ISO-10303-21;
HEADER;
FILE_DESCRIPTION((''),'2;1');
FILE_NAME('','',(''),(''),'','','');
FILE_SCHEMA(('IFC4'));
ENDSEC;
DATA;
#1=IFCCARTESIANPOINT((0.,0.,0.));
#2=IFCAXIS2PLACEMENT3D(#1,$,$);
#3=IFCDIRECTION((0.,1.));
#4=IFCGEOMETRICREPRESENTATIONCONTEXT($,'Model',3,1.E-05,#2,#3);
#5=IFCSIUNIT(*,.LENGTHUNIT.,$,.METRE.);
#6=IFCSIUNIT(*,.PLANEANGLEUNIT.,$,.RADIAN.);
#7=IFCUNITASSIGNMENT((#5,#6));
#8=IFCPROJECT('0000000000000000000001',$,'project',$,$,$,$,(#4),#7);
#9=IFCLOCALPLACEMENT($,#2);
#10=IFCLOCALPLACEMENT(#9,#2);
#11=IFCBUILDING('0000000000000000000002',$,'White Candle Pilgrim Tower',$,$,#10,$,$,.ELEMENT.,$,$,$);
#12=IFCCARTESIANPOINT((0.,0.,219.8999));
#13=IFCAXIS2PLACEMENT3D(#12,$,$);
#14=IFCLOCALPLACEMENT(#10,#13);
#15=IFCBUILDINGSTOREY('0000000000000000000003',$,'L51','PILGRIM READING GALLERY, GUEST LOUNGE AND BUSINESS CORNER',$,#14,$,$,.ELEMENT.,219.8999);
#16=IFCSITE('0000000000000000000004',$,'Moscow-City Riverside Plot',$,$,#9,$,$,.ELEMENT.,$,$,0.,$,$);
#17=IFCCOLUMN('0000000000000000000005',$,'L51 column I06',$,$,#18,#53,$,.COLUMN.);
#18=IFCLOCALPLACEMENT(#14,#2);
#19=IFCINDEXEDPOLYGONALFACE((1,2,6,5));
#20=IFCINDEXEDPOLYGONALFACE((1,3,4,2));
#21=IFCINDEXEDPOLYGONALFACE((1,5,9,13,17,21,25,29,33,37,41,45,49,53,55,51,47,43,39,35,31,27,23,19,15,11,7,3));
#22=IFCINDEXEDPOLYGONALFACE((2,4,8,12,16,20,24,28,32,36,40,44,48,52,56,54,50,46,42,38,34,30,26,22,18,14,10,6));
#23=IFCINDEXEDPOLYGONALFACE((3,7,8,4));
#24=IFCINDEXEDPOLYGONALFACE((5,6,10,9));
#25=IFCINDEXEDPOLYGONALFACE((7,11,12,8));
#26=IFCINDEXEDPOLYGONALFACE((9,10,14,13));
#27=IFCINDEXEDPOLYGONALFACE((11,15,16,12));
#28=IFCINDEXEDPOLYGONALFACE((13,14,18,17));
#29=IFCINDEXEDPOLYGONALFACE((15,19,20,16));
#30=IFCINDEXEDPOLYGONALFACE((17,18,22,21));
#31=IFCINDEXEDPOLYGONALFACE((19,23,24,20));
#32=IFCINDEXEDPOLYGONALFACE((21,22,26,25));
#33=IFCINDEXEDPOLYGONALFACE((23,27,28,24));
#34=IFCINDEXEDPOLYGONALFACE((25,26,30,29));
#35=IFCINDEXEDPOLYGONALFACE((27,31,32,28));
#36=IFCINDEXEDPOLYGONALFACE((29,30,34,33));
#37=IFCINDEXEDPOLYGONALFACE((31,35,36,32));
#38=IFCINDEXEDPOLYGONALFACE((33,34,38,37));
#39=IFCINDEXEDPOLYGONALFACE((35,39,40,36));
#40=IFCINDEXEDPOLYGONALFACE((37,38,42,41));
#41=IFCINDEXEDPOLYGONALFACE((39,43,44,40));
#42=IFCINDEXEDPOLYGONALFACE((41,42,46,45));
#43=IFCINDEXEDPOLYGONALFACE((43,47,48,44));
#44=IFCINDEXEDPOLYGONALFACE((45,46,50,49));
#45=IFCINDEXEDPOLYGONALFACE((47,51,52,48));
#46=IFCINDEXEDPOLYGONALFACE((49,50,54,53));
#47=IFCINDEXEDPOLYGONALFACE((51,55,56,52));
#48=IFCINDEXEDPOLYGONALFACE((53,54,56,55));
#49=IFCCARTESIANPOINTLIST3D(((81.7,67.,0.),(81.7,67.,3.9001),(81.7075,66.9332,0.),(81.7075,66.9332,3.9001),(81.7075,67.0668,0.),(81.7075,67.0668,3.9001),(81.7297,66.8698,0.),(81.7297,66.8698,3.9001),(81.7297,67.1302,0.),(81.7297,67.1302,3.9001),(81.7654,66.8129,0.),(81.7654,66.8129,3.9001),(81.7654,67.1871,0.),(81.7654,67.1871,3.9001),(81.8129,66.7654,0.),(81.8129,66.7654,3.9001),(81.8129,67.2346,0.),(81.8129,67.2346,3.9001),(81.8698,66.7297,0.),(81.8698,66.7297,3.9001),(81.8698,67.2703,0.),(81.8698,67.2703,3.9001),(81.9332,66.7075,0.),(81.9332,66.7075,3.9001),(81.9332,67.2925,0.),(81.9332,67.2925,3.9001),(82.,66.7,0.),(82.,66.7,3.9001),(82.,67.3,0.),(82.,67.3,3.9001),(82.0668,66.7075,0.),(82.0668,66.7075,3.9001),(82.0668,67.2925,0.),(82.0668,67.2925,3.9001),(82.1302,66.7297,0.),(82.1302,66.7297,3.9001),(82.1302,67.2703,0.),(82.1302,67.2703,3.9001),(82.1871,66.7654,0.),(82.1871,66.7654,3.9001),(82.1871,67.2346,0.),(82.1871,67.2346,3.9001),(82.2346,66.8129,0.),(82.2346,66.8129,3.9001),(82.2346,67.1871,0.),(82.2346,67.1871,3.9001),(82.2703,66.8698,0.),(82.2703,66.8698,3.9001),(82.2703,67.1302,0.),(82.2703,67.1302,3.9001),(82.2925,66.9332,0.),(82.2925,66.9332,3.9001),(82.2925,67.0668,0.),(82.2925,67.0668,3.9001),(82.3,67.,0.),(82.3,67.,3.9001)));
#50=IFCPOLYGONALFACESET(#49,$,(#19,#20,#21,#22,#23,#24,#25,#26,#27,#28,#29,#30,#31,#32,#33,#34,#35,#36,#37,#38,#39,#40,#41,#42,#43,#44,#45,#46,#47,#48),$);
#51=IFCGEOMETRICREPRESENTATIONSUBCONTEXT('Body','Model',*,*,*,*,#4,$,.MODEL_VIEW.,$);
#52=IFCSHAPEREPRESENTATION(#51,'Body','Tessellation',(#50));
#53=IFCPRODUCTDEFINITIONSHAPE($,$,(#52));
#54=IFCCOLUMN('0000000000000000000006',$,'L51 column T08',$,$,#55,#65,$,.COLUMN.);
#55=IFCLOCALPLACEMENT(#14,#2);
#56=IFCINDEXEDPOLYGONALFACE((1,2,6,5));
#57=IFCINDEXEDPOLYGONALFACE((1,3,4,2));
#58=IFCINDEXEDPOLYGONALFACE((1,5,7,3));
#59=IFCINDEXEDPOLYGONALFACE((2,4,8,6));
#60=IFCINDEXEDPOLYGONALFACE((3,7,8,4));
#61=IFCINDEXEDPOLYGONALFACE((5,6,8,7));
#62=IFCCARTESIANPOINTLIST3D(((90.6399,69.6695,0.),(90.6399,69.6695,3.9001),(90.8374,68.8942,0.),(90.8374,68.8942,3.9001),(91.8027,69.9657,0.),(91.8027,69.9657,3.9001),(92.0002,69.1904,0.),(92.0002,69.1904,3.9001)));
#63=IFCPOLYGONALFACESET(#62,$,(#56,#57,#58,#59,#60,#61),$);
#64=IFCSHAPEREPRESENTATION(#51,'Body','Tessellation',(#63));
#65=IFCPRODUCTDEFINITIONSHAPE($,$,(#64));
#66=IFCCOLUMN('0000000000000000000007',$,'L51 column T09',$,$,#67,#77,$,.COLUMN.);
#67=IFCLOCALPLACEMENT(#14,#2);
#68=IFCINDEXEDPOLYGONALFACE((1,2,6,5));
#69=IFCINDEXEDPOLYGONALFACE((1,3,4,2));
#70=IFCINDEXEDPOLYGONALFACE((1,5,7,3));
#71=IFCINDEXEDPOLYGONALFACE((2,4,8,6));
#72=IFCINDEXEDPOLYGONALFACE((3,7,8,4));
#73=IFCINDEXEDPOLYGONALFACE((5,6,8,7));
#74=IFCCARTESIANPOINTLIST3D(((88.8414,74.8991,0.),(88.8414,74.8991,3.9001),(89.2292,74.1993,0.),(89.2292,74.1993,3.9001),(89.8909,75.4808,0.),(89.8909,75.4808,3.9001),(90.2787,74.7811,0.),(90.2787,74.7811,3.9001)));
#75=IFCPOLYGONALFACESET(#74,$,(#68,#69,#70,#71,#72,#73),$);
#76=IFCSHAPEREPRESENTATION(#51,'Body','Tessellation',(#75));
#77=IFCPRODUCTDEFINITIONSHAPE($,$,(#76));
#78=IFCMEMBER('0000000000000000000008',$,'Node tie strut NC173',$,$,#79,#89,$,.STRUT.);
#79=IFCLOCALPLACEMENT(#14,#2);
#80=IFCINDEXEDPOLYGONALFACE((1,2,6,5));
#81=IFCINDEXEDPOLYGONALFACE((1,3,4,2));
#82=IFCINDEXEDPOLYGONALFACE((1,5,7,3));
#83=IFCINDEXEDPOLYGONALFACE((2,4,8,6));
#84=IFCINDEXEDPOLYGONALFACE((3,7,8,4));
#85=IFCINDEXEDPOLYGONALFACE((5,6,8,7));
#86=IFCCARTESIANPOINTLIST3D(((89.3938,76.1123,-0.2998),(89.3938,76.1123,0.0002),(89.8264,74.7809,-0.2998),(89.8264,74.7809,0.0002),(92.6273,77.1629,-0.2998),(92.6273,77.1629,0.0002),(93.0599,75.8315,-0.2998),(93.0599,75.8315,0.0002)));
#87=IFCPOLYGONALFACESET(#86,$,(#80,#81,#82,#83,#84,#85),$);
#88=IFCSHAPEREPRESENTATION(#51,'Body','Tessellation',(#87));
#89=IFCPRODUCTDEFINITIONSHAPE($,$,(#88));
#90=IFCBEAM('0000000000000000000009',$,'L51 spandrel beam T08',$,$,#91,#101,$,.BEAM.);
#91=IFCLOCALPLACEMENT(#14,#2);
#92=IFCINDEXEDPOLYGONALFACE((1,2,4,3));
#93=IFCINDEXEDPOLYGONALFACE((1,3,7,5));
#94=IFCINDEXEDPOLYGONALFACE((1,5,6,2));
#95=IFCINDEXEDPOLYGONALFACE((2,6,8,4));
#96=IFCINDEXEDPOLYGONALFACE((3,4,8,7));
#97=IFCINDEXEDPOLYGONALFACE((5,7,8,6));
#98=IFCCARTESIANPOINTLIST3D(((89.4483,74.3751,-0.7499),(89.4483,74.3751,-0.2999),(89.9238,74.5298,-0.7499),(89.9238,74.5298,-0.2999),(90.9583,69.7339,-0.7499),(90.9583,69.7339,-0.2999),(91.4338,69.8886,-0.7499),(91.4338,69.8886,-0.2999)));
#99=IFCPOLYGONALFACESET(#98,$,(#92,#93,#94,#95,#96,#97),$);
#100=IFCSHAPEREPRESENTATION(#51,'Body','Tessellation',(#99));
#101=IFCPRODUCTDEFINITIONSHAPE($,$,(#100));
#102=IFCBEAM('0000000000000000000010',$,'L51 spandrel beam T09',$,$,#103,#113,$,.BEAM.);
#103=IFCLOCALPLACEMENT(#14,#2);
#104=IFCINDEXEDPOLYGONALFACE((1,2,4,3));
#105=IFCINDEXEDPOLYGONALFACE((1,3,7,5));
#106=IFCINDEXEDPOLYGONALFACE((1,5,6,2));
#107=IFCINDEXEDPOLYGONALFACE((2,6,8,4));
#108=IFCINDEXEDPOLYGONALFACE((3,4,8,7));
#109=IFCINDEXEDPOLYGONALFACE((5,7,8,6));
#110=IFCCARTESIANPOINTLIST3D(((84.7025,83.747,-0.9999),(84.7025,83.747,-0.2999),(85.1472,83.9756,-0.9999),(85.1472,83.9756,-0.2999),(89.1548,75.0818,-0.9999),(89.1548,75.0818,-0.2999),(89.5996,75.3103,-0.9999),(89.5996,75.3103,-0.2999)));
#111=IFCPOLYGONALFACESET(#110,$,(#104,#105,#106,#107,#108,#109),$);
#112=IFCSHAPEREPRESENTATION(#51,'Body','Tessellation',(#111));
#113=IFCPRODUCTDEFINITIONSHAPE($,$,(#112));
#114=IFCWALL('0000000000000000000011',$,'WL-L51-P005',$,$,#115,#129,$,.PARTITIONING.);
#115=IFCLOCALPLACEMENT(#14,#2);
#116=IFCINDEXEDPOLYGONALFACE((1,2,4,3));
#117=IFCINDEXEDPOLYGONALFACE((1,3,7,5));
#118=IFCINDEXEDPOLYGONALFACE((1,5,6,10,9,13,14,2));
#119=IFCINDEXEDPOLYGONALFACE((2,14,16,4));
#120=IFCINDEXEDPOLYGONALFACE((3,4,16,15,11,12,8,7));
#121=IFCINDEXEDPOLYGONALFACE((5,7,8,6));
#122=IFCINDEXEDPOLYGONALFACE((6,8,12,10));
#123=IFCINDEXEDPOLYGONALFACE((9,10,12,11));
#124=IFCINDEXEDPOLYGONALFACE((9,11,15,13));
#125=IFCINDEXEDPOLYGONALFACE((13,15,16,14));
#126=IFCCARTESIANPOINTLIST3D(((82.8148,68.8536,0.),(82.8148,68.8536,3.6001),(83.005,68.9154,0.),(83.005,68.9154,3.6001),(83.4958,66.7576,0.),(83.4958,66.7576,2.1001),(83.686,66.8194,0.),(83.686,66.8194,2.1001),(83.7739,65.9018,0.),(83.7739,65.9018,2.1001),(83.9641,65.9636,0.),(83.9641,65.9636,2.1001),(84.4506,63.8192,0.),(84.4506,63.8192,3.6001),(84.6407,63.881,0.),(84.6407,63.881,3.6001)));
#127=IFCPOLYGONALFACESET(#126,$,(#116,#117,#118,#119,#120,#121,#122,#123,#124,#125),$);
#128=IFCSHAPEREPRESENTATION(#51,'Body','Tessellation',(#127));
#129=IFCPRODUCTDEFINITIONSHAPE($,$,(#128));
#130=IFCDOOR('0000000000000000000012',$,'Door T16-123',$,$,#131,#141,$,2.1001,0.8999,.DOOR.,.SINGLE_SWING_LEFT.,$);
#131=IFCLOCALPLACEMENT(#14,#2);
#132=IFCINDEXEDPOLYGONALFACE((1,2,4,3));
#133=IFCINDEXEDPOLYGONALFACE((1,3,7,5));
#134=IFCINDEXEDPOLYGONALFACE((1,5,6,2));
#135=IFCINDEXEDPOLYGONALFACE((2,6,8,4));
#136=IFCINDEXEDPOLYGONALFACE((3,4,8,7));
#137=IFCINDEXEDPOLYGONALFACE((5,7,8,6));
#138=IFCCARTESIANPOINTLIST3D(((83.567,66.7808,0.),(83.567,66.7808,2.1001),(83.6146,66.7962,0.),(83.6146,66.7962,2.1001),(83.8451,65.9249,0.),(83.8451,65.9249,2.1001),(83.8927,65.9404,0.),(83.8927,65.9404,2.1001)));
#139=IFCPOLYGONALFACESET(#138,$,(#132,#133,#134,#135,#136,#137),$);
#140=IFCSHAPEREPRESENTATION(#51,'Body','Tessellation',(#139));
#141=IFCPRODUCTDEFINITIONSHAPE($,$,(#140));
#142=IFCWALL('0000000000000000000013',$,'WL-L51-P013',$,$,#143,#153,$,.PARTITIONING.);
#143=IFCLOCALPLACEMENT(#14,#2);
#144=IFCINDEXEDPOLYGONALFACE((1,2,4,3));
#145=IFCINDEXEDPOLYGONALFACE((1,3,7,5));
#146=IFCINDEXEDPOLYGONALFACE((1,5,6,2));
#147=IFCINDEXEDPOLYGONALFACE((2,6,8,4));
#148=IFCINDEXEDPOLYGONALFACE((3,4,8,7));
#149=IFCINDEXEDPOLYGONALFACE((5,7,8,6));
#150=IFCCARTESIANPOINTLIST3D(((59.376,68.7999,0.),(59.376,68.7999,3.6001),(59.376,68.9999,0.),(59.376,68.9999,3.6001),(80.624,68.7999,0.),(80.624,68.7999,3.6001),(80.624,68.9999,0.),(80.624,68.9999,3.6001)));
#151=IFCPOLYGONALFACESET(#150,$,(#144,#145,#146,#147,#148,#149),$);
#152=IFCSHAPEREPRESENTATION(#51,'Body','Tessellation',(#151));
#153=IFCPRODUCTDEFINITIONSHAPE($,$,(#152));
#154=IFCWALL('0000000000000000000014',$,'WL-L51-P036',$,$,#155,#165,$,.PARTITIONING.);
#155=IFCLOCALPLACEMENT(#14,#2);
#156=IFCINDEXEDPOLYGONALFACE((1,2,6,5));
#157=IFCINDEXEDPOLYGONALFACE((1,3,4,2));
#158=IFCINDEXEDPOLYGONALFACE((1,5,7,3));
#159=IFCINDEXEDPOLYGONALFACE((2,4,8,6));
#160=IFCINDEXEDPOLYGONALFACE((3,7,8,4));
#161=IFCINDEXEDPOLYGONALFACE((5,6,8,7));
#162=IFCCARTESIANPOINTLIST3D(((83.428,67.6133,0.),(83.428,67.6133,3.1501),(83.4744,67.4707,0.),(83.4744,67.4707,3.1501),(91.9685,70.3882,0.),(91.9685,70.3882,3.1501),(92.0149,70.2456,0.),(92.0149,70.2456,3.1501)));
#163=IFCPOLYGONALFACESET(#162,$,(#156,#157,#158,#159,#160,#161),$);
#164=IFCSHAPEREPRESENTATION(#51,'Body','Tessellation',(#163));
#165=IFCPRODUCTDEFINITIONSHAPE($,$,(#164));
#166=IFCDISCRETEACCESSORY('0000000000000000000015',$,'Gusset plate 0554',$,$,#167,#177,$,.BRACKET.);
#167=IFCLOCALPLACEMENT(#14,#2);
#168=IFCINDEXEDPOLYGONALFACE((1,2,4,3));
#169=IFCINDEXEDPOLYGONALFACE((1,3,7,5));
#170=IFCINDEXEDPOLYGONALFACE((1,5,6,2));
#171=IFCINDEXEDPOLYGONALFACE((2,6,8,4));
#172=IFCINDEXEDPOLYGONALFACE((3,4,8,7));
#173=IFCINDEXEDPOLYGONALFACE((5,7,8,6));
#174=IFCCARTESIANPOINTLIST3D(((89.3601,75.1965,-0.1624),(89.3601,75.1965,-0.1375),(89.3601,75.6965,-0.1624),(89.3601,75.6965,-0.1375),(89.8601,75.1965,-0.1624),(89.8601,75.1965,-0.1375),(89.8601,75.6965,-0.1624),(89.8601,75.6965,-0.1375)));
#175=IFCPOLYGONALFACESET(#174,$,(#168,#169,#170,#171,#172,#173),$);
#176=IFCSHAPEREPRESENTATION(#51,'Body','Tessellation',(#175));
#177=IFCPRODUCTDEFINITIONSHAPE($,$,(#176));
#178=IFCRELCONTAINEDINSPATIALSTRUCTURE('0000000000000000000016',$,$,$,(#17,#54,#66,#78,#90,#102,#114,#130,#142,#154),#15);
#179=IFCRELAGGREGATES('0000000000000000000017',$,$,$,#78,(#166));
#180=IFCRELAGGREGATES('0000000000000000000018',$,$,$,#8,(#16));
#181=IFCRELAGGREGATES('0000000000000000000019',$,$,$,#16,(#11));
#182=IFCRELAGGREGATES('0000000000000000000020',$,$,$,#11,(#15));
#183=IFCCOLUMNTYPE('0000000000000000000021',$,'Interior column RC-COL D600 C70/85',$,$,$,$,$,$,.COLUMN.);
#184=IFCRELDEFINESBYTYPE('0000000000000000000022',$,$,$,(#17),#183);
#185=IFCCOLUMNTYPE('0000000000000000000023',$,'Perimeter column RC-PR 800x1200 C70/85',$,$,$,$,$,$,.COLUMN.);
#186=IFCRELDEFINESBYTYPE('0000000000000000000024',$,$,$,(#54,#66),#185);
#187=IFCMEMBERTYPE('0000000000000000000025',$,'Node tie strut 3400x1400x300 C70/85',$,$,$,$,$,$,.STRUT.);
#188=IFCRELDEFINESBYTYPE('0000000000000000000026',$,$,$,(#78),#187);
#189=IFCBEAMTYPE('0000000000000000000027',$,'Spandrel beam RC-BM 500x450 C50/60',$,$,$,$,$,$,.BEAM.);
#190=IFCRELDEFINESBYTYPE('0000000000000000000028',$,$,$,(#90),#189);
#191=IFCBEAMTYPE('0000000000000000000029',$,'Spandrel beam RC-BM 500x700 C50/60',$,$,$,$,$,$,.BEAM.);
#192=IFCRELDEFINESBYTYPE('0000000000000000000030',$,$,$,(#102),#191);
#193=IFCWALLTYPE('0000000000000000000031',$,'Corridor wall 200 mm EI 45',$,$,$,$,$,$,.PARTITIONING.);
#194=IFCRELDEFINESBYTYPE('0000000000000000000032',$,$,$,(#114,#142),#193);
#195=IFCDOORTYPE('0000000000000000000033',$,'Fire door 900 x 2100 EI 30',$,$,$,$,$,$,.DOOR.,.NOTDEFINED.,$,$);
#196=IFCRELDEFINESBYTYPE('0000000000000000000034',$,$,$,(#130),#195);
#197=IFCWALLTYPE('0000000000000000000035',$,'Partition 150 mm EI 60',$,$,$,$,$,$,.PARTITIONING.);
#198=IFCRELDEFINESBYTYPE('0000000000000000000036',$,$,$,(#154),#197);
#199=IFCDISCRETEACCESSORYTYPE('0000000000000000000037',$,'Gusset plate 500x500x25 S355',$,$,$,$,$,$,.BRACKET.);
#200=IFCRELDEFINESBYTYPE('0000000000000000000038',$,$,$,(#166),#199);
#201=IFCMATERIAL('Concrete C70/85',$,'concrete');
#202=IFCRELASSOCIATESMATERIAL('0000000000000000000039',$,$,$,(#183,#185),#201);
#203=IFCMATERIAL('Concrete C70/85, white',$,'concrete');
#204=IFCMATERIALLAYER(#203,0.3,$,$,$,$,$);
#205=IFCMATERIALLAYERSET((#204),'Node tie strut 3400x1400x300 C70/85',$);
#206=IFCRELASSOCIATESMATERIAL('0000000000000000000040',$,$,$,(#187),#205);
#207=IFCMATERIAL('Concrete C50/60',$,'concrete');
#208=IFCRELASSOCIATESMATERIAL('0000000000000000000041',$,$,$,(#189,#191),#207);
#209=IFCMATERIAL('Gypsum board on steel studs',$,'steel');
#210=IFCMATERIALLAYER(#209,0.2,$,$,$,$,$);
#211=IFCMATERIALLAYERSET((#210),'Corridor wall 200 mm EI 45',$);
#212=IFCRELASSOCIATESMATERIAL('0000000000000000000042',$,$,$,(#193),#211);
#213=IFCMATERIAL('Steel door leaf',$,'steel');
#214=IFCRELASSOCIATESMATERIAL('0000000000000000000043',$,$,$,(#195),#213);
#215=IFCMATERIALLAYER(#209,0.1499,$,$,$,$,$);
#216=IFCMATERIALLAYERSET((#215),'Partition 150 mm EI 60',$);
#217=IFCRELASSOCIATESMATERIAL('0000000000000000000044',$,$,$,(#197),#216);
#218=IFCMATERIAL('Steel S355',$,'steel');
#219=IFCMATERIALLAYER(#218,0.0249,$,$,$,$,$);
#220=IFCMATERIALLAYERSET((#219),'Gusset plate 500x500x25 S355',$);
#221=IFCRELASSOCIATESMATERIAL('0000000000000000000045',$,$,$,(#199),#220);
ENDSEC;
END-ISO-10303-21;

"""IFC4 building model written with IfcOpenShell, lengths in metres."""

from ifc_helpers import new_model, si_unit, direction, frame, frame_2d, origin, origin_2d, place, context, subcontext, project, spatial, rectangle, circle, extrude, material, layer, layer_set, material_profile, profile_set, type_object, element, fill, aggregate, save


model = new_model("IFC4")

# Units and contexts
model_context = context("Model", 3, precision=1e-05, world=origin(), true_north=direction((0.0, 1.0)))
body_context = subcontext(model_context, "Body", "Model", "MODEL_VIEW")
ifc_project = project(units=[si_unit("LENGTHUNIT", "METRE"), si_unit("PLANEANGLEUNIT", "RADIAN")], contexts=[model_context])

# Site, building, storey
site_placement = place(None, origin())
site = spatial("IfcSite", under=ifc_project, at=site_placement, Name="Moscow-City Riverside Plot", CompositionType="ELEMENT", RefElevation=0.0)
building_placement = place(site_placement, origin())
building = spatial("IfcBuilding", under=site, at=building_placement, Name="White Candle Pilgrim Tower", CompositionType="ELEMENT")
storey_placement = place(building_placement, frame((0.0, 0.0, 219.8999)))
storey = spatial("IfcBuildingStorey", under=building, at=storey_placement, Name="L51", Description="PILGRIM READING GALLERY, GUEST LOUNGE AND BUSINESS CORNER", CompositionType="ELEMENT", Elevation=219.8999)

# Columns
ifc_material_1 = material(Name="Concrete C70/85", Category="concrete")
ifc_material_profile_1 = material_profile(ifc_material_1, circle(Radius=0.3, at=origin_2d()), Name="RC-COL D600")
ifc_profile_set_1 = profile_set([ifc_material_profile_1], Name="Concrete C70/85")
column_type_1 = type_object("IfcColumnType", Name="Interior column RC-COL D600 C70/85", PredefinedType="COLUMN", material=ifc_profile_set_1)
column_placement = place(storey_placement, frame((82.0, 67.0, 0.0), z_axis=(0.0, 0.0, 1.0), x_axis=(1.0, 0.0, 0.0)))
element("IfcColumn", 1, at=column_placement, inside=storey, type_object=column_type_1, Name="L51 column I06", PredefinedType="COLUMN", context=body_context, shape_type="SweptSolid", body=[
    extrude(circle(Radius=0.3, at=origin_2d()), origin(), (0.0, 0.0, 1.0), 3.9001),
])
ifc_material_profile_2 = material_profile(ifc_material_1, rectangle(XDim=0.8, YDim=1.2, at=origin_2d()), Name="RC-PR 800x1200")
ifc_profile_set_2 = profile_set([ifc_material_profile_2], Name="Concrete C70/85")
column_type_2 = type_object("IfcColumnType", Name="Perimeter column RC-PR 800x1200 C70/85", PredefinedType="COLUMN", material=ifc_profile_set_2)
for number, where, z_axis, x_axis, name in (
    (2, (91.3201, 69.4299, 0.0), (0.0, 0.0, 1.0), (0.246881, -0.969046, 0.0), "L51 column T08"),
    (3, (89.5601, 74.8401, 0.0), (0.0, 0.0, 1.0), (0.48481, -0.87462, 0.0), "L51 column T09"),
):
    element("IfcColumn", number, at=place(storey_placement, frame(where, z_axis=z_axis, x_axis=x_axis)), inside=storey, type_object=column_type_2, Name=name, PredefinedType="COLUMN", context=body_context, shape_type="SweptSolid", body=[
        extrude(rectangle(XDim=0.8, YDim=1.2, at=origin_2d()), origin(), (0.0, 0.0, 1.0), 3.9001),
    ])

# Member
ifc_material_2 = material(Name="Concrete C70/85, white", Category="concrete")
ifc_layer_1 = layer(ifc_material_2, 0.3)
ifc_layer_set_1 = layer_set([ifc_layer_1], Name="Node tie strut 3400x1400x300 C70/85")
member_type = type_object("IfcMemberType", Name="Node tie strut 3400x1400x300 C70/85", PredefinedType="STRUT", material=ifc_layer_set_1)
member_placement = place(storey_placement, frame((91.2268, 75.9719, -0.2998), z_axis=(0.0, 0.0, 1.0), x_axis=(-0.309017, 0.951057, 0.0)))
member = element("IfcMember", 4, at=member_placement, inside=storey, type_object=member_type, Name="Node tie strut NC173", PredefinedType="STRUT", context=body_context, shape_type="SweptSolid", body=[
    extrude(rectangle(XDim=1.3999, YDim=3.3999, at=origin_2d()), origin(), (0.0, 0.0, 1.0), 0.3),
])

# Beams
ifc_material_3 = material(Name="Concrete C50/60", Category="concrete")
ifc_material_profile_3 = material_profile(ifc_material_3, rectangle(XDim=0.5, YDim=0.45, at=origin_2d()), Name="RC-BM 500x450")
ifc_profile_set_3 = profile_set([ifc_material_profile_3], Name="Concrete C50/60")
beam_type_1 = type_object("IfcBeamType", Name="Spandrel beam RC-BM 500x450 C50/60", PredefinedType="BEAM", material=ifc_profile_set_3)
beam_1_placement = place(storey_placement, frame((91.196, 69.8113, -0.5249), z_axis=(-0.309391, 0.950935, 0.0), x_axis=(-0.950935, -0.309391, 0.0)))
element("IfcBeam", 5, at=beam_1_placement, inside=storey, type_object=beam_type_1, Name="L51 spandrel beam T08", PredefinedType="BEAM", context=body_context, shape_type="SweptSolid", body=[
    extrude(rectangle(XDim=0.5, YDim=0.45, at=origin_2d()), origin(), (0.0, 0.0, 1.0), 4.8806),
])
ifc_material_profile_4 = material_profile(ifc_material_3, rectangle(XDim=0.5, YDim=0.7, at=origin_2d()), Name="RC-BM 500x700")
ifc_profile_set_4 = profile_set([ifc_material_profile_4], Name="Concrete C50/60")
beam_type_2 = type_object("IfcBeamType", Name="Spandrel beam RC-BM 500x700 C50/60", PredefinedType="BEAM", material=ifc_profile_set_4)
beam_2_placement = place(storey_placement, frame((89.3772, 75.196, -0.6499), z_axis=(-0.45702, 0.889456, 0.0), x_axis=(-0.889456, -0.45702, 0.0)))
element("IfcBeam", 6, at=beam_2_placement, inside=storey, type_object=beam_type_2, Name="L51 spandrel beam T09", PredefinedType="BEAM", context=body_context, shape_type="SweptSolid", body=[
    extrude(rectangle(XDim=0.5, YDim=0.7, at=origin_2d()), origin(), (0.0, 0.0, 1.0), 9.7422),
])

# Wall, opening, door
ifc_material_4 = material(Name="Gypsum board on steel studs", Category="steel")
ifc_layer_2 = layer(ifc_material_4, 0.2)
ifc_layer_set_2 = layer_set([ifc_layer_2], Name="Corridor wall 200 mm EI 45")
wall_type_1 = type_object("IfcWallType", Name="Corridor wall 200 mm EI 45", PredefinedType="PARTITIONING", material=ifc_layer_set_2)
wall_1_placement = place(storey_placement, frame((82.9099, 68.8845, 0.0), z_axis=(0.0, 0.0, 1.0), x_axis=(0.30901, -0.951059, 0.0)))
wall_1 = element("IfcWall", 7, at=wall_1_placement, inside=storey, type_object=wall_type_1, Name="WL-L51-P005", PredefinedType="PARTITIONING", context=body_context, shape_type="SweptSolid", body=[
    extrude(rectangle(XDim=5.2935, YDim=0.2, at=frame_2d((2.6467, 0.0))), origin(), (0.0, 0.0, 1.0), 3.6001),
])
opening_placement = place(wall_1_placement, frame((2.2039, 0.0, 0.0)))
opening = element("IfcOpeningElement", 8, at=opening_placement, cuts=wall_1, PredefinedType="OPENING", context=body_context, shape_type="SweptSolid", body=[
    extrude(rectangle(XDim=0.8999, YDim=2.1001, at=frame_2d((0.45, 1.05))), frame((0.0, 0.1099, 0.0), z_axis=(0.0, -1.0, 0.0), x_axis=(1.0, 0.0, 0.0)), (0.0, 0.0, 1.0), 0.22),
])
ifc_material_5 = material(Name="Steel door leaf", Category="steel")
door_type = type_object("IfcDoorType", Name="Fire door 900 x 2100 EI 30", OperationType="NOTDEFINED", PredefinedType="DOOR", material=ifc_material_5)
door_placement = place(opening_placement, origin())
door = element("IfcDoor", 9, at=door_placement, inside=storey, type_object=door_type, Name="Door T16-123", OperationType="SINGLE_SWING_LEFT", OverallHeight=2.1001, OverallWidth=0.8999, PredefinedType="DOOR", context=body_context, shape_type="SweptSolid", body=[
    extrude(rectangle(XDim=0.8999, YDim=2.1001, at=frame_2d((0.45, 1.05))), frame((0.0, 0.0249, 0.0), z_axis=(0.0, -1.0, 0.0), x_axis=(1.0, 0.0, 0.0)), (0.0, 0.0, 1.0), 0.05),
])
fill(opening, door)

# Walls
wall_2_placement = place(storey_placement, frame((80.624, 68.8999, 0.0), z_axis=(0.0, 0.0, 1.0), x_axis=(-1.0, 0.0, 0.0)))
element("IfcWall", 10, at=wall_2_placement, inside=storey, type_object=wall_type_1, Name="WL-L51-P013", PredefinedType="PARTITIONING", context=body_context, shape_type="SweptSolid", body=[
    extrude(rectangle(XDim=21.248, YDim=0.2, at=frame_2d((10.624, 0.0))), origin(), (0.0, 0.0, 1.0), 3.6001),
])
ifc_layer_3 = layer(ifc_material_4, 0.1499)
ifc_layer_set_3 = layer_set([ifc_layer_3], Name="Partition 150 mm EI 60")
wall_type_2 = type_object("IfcWallType", Name="Partition 150 mm EI 60", PredefinedType="PARTITIONING", material=ifc_layer_set_3)
wall_3_placement = place(storey_placement, frame((91.9917, 70.3169, 0.0), z_axis=(0.0, 0.0, 1.0), x_axis=(-0.951059, -0.309009, 0.0)))
element("IfcWall", 11, at=wall_3_placement, inside=storey, type_object=wall_type_2, Name="WL-L51-P036", PredefinedType="PARTITIONING", context=body_context, shape_type="SweptSolid", body=[
    extrude(rectangle(XDim=8.98, YDim=0.1499, at=frame_2d((4.49, 0.0))), origin(), (0.0, 0.0, 1.0), 3.1501),
])

# Discrete accessory
ifc_material_6 = material(Name="Steel S355", Category="steel")
ifc_layer_4 = layer(ifc_material_6, 0.0249)
ifc_layer_set_4 = layer_set([ifc_layer_4], Name="Gusset plate 500x500x25 S355")
discrete_accessory_type = type_object("IfcDiscreteAccessoryType", Name="Gusset plate 500x500x25 S355", PredefinedType="BRACKET", material=ifc_layer_set_4)
discrete_accessory_placement = place(storey_placement, frame((89.6101, 75.4465, -0.1624), z_axis=(0.0, 0.0, 1.0), x_axis=(1.0, 0.0, 0.0)))
discrete_accessory = element("IfcDiscreteAccessory", 12, at=discrete_accessory_placement, type_object=discrete_accessory_type, Name="Gusset plate 0554", PredefinedType="BRACKET", context=body_context, shape_type="SweptSolid", body=[
    extrude(rectangle(XDim=0.5, YDim=0.5, at=origin_2d()), origin(), (0.0, 0.0, 1.0), 0.0249),
])
aggregate(member, [discrete_accessory])

save(model, "model.ifc")
